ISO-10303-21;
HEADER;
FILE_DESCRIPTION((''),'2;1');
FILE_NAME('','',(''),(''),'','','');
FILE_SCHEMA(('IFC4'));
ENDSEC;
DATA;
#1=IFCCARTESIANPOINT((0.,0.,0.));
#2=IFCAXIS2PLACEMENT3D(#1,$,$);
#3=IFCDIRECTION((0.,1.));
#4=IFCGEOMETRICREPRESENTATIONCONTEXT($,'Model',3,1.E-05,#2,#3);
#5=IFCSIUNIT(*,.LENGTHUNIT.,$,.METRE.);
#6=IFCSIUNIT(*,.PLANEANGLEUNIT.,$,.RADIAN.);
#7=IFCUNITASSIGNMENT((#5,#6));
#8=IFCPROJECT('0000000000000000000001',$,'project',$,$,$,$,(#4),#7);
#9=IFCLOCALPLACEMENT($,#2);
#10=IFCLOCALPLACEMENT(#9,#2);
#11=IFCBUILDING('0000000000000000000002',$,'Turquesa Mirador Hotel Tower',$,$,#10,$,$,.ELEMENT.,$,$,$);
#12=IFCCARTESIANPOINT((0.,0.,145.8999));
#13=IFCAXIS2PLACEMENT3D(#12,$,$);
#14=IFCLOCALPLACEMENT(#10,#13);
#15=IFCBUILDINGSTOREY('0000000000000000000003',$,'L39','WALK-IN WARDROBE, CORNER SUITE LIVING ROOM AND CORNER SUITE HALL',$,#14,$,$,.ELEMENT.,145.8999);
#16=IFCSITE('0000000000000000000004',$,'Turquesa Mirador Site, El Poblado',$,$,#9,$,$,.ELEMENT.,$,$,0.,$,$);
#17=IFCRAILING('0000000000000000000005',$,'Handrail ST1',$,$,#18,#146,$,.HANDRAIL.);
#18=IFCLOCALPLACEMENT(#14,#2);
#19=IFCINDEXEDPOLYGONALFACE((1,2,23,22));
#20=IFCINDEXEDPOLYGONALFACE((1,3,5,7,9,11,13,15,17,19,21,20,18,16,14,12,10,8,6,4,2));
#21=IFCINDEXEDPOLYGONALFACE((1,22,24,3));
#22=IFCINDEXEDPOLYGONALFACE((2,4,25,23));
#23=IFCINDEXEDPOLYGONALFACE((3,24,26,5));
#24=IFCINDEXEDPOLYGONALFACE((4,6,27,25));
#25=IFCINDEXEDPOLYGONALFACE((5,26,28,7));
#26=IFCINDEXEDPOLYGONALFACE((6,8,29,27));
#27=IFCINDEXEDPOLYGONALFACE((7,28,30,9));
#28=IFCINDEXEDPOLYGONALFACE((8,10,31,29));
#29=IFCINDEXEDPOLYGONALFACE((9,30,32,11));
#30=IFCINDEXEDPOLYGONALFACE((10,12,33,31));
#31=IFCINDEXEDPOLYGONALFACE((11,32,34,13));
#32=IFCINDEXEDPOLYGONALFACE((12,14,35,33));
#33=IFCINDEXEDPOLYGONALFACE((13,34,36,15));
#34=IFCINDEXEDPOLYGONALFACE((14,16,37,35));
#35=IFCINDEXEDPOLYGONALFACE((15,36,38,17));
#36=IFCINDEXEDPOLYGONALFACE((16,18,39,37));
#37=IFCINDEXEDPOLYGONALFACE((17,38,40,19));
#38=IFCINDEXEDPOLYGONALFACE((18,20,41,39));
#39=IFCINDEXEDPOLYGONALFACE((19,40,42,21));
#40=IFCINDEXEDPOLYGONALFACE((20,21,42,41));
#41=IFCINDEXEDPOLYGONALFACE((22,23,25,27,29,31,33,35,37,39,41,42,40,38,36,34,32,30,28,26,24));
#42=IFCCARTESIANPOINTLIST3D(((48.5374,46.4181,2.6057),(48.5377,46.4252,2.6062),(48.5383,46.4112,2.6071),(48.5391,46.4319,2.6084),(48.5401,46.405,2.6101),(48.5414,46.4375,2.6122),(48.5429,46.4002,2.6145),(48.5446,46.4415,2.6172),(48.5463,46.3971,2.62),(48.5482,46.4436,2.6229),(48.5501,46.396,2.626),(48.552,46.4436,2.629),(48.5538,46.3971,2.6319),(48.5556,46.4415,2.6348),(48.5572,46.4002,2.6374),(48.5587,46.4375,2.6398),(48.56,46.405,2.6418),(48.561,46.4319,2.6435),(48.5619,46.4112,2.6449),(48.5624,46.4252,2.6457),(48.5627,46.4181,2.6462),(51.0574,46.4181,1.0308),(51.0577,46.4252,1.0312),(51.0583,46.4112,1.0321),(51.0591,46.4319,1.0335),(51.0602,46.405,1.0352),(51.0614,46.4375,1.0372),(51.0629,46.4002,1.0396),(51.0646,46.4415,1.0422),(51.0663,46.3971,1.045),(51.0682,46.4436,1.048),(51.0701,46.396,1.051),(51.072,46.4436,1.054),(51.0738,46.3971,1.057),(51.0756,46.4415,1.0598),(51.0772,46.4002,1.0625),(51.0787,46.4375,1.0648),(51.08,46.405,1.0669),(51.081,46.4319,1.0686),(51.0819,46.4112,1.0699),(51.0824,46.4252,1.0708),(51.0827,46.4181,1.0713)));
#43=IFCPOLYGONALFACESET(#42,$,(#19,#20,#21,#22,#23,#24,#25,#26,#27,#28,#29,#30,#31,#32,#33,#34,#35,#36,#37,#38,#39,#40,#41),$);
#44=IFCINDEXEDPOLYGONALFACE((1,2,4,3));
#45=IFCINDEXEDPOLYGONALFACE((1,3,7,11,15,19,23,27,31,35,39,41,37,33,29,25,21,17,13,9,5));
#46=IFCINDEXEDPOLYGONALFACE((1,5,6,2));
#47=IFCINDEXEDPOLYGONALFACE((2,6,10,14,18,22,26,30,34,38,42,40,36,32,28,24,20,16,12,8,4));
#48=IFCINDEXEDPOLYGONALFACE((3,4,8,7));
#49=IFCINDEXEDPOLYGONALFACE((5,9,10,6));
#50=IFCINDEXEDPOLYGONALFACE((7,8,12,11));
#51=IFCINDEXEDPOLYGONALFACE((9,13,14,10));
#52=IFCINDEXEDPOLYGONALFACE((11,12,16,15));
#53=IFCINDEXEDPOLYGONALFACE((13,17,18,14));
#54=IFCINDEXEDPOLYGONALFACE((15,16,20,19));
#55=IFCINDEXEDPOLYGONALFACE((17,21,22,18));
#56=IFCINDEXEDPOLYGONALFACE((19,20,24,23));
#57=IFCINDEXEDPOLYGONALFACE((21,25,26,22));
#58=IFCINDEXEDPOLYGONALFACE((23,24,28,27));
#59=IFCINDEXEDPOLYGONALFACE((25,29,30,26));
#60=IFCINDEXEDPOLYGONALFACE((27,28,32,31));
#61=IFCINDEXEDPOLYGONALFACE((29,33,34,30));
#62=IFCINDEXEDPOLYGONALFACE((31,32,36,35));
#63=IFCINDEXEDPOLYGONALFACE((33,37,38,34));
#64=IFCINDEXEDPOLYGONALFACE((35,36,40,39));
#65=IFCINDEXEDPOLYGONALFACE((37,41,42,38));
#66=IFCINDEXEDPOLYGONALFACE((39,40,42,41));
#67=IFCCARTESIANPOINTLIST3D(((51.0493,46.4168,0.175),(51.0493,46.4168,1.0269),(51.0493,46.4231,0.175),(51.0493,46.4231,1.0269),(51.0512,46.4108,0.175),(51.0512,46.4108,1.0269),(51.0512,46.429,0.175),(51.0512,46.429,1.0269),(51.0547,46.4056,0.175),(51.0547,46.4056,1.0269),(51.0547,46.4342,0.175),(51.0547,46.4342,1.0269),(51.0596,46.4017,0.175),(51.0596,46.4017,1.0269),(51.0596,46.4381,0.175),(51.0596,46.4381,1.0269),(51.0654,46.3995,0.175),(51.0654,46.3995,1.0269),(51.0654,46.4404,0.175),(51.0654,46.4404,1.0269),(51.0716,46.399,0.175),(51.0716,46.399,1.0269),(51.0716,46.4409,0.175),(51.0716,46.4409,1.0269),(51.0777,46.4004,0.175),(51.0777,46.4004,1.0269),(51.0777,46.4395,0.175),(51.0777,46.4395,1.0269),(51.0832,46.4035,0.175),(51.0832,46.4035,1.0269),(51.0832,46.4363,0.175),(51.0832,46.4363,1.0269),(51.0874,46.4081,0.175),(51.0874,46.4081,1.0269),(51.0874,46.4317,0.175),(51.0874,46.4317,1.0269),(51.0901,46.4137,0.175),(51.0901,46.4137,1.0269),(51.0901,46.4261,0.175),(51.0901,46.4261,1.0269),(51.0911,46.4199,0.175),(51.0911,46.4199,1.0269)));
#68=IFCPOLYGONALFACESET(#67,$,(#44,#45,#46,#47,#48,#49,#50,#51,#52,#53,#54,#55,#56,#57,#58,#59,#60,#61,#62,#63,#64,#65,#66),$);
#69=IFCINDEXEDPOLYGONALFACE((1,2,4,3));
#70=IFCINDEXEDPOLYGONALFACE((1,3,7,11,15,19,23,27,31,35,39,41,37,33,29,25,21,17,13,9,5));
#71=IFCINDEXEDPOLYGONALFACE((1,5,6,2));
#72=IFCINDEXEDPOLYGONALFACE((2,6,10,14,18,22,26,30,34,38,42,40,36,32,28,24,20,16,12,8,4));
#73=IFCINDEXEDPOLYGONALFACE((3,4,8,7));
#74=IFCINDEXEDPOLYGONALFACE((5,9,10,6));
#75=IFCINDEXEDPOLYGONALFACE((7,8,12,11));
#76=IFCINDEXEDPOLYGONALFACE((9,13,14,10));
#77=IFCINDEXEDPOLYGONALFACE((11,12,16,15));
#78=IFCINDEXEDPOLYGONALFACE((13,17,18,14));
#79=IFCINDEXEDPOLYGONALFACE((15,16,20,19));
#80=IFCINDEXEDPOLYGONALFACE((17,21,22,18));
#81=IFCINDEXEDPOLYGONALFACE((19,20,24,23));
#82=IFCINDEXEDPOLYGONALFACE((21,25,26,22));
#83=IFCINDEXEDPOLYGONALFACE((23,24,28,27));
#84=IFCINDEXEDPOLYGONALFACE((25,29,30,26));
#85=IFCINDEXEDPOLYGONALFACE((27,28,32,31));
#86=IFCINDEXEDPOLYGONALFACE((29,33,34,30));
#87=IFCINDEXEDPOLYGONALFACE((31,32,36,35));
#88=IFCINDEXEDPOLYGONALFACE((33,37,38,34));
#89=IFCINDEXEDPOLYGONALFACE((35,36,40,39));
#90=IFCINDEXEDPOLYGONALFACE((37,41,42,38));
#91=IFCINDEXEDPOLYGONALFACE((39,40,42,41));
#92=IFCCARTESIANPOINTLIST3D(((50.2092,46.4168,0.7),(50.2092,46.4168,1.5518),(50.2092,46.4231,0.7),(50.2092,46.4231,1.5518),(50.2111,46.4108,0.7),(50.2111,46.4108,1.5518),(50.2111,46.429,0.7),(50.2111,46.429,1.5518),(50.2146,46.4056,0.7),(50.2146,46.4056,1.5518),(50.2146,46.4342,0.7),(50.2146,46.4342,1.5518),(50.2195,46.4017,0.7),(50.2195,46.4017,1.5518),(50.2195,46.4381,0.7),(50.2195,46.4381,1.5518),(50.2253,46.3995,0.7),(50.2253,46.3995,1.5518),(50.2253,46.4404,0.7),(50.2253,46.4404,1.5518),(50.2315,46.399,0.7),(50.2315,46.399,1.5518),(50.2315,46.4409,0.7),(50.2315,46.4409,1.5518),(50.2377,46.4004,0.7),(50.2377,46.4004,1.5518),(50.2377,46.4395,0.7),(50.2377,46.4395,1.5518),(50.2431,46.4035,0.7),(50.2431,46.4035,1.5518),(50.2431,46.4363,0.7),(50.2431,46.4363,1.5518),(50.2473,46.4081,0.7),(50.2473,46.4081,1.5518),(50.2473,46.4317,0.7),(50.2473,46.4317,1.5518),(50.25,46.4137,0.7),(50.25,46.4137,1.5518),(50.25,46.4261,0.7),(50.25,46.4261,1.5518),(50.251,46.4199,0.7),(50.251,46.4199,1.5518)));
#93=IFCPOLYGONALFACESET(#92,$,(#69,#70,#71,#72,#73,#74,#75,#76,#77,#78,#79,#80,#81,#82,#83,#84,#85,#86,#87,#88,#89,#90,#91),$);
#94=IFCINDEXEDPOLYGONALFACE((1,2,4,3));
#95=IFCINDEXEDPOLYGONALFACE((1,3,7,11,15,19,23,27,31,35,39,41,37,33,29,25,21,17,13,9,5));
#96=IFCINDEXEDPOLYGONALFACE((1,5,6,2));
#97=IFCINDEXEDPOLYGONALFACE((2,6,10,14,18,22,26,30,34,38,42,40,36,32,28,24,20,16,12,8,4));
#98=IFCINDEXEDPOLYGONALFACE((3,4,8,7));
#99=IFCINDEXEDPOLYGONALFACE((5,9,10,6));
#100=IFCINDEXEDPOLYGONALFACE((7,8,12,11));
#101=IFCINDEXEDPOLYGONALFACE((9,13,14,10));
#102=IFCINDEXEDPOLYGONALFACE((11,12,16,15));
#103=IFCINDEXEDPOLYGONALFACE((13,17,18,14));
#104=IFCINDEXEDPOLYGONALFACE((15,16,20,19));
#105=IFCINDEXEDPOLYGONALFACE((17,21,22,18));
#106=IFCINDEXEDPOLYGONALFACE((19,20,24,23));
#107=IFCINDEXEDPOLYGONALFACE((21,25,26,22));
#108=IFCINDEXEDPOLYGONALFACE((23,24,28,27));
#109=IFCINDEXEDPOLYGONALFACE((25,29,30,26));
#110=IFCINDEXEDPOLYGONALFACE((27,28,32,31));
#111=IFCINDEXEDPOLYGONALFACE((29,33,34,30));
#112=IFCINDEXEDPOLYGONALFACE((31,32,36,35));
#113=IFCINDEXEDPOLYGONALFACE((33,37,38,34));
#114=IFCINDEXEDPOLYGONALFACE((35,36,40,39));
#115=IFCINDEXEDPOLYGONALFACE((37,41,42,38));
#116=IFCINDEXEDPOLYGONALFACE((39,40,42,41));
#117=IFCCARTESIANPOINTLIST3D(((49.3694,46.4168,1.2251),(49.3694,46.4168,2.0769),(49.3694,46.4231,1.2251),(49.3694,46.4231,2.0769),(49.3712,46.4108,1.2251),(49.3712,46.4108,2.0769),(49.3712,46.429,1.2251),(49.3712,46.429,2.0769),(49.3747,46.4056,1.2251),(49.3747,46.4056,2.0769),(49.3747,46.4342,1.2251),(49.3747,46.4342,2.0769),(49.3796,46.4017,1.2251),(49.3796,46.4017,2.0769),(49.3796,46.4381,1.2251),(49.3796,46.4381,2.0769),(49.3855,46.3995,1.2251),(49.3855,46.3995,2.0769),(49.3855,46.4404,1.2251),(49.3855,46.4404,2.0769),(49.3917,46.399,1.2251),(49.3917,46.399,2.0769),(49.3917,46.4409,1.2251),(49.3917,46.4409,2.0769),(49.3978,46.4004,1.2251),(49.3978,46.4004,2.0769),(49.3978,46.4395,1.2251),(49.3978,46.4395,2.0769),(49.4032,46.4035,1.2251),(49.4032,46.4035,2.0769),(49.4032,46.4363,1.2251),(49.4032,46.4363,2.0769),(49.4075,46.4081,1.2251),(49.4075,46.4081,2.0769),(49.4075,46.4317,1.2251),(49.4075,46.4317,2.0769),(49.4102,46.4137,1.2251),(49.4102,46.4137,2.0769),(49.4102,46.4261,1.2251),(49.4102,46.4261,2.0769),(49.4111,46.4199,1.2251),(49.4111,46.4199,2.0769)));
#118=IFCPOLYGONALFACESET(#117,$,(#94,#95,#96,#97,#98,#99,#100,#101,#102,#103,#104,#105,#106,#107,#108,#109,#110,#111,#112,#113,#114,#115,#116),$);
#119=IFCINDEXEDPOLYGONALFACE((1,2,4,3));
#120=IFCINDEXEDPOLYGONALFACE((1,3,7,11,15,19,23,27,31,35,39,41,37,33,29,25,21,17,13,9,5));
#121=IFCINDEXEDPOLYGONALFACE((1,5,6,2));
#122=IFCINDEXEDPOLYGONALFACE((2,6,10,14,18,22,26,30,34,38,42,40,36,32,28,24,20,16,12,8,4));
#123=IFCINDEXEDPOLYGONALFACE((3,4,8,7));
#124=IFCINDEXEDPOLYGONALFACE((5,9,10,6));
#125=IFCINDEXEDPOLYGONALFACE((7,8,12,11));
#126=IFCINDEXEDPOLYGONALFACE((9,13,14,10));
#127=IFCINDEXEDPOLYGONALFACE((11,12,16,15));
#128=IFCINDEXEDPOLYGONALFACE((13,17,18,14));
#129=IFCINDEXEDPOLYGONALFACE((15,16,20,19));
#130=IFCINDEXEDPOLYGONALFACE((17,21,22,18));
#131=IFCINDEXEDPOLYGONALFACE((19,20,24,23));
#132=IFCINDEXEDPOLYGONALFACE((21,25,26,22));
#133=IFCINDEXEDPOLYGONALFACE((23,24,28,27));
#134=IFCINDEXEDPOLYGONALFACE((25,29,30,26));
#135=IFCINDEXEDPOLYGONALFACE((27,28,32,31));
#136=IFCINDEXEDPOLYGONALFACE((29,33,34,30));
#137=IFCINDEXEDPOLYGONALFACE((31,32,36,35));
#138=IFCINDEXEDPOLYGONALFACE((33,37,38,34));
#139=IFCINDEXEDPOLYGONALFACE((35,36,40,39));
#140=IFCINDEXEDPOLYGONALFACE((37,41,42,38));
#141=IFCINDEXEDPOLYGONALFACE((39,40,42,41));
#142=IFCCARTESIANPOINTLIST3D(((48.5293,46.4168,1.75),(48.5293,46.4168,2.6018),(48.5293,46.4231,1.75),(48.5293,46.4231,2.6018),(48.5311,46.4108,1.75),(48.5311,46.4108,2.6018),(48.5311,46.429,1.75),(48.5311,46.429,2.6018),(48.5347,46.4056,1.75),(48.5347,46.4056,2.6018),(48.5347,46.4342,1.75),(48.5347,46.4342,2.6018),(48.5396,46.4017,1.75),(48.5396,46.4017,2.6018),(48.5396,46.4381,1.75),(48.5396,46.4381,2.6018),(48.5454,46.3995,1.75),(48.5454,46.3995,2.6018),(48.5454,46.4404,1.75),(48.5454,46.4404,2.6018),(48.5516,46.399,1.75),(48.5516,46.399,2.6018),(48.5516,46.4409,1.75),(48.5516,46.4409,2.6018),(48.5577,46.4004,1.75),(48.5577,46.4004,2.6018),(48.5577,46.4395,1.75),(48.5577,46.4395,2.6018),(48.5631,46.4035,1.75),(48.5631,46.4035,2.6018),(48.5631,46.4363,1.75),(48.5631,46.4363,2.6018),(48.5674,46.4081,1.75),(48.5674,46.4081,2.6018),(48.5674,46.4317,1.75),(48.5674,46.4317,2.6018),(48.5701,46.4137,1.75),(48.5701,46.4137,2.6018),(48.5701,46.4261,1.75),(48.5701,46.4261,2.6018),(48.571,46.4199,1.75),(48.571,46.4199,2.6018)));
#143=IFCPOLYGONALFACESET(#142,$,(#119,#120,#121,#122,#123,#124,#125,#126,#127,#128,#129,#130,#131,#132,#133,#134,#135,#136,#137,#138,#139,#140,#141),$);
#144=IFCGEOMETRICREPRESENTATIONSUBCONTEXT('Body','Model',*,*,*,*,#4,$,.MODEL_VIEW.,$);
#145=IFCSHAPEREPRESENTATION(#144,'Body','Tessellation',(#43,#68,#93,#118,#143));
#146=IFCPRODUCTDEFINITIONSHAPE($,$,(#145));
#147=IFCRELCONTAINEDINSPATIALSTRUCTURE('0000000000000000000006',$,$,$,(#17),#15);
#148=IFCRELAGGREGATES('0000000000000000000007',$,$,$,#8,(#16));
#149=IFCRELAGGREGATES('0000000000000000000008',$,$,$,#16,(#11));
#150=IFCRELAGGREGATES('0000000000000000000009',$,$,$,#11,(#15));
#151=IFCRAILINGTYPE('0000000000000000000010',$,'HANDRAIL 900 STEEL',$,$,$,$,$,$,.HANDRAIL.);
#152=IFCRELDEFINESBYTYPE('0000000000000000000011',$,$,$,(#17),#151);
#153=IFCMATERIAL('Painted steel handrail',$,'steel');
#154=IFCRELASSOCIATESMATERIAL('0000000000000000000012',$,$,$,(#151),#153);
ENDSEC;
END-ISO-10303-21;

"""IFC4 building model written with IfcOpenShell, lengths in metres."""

from ifc_helpers import new_model, si_unit, direction, frame, origin, origin_2d, place, context, subcontext, project, spatial, circle, extrude, material, type_object, element, save


model = new_model("IFC4")

# Units and contexts
model_context = context("Model", 3, precision=1e-05, world=origin(), true_north=direction((0.0, 1.0)))
body_context = subcontext(model_context, "Body", "Model", "MODEL_VIEW")
ifc_project = project(units=[si_unit("LENGTHUNIT", "METRE"), si_unit("PLANEANGLEUNIT", "RADIAN")], contexts=[model_context])

# Site, building, storey
site_placement = place(None, origin())
site = spatial("IfcSite", under=ifc_project, at=site_placement, Name="Turquesa Mirador Site, El Poblado", CompositionType="ELEMENT", RefElevation=0.0)
building_placement = place(site_placement, origin())
building = spatial("IfcBuilding", under=site, at=building_placement, Name="Turquesa Mirador Hotel Tower", CompositionType="ELEMENT")
storey_placement = place(building_placement, frame((0.0, 0.0, 145.8999)))
storey = spatial("IfcBuildingStorey", under=building, at=storey_placement, Name="L39", Description="WALK-IN WARDROBE, CORNER SUITE LIVING ROOM AND CORNER SUITE HALL", CompositionType="ELEMENT", Elevation=145.8999)

# Railing
ifc_material_1 = material(Name="Painted steel handrail", Category="steel")
railing_type = type_object("IfcRailingType", Name="HANDRAIL 900 STEEL", PredefinedType="HANDRAIL", material=ifc_material_1)
for number, where, name in (
    (1, (51.0701, 46.4199, 0.175), "Handrail ST1"),
):
    element("IfcRailing", number, at=place(storey_placement, frame(where)), inside=storey, type_object=railing_type, Name=name, PredefinedType="HANDRAIL", context=body_context, shape_type="SweptSolid", body=[
        extrude(circle(Radius=0.0239, at=origin_2d()), frame((0.0, 0.0, 0.876), z_axis=(-0.848008, 0.0, 0.529984), x_axis=(0.0, -1.0, 0.0)), (0.0, 0.0, 1.0), 2.9717),
        extrude(circle(Radius=0.021, at=origin_2d()), origin(), (0.0, 0.0, 1.0), 0.8518),
        extrude(circle(Radius=0.021, at=origin_2d()), frame((-0.8401, 0.0, 0.5249)), (0.0, 0.0, 1.0), 0.8518),
        extrude(circle(Radius=0.021, at=origin_2d()), frame((-1.6799, 0.0, 1.05)), (0.0, 0.0, 1.0), 0.8518),
        extrude(circle(Radius=0.021, at=origin_2d()), frame((-2.52, 0.0, 1.575)), (0.0, 0.0, 1.0), 0.8518),
    ])

save(model, "model.ifc")
